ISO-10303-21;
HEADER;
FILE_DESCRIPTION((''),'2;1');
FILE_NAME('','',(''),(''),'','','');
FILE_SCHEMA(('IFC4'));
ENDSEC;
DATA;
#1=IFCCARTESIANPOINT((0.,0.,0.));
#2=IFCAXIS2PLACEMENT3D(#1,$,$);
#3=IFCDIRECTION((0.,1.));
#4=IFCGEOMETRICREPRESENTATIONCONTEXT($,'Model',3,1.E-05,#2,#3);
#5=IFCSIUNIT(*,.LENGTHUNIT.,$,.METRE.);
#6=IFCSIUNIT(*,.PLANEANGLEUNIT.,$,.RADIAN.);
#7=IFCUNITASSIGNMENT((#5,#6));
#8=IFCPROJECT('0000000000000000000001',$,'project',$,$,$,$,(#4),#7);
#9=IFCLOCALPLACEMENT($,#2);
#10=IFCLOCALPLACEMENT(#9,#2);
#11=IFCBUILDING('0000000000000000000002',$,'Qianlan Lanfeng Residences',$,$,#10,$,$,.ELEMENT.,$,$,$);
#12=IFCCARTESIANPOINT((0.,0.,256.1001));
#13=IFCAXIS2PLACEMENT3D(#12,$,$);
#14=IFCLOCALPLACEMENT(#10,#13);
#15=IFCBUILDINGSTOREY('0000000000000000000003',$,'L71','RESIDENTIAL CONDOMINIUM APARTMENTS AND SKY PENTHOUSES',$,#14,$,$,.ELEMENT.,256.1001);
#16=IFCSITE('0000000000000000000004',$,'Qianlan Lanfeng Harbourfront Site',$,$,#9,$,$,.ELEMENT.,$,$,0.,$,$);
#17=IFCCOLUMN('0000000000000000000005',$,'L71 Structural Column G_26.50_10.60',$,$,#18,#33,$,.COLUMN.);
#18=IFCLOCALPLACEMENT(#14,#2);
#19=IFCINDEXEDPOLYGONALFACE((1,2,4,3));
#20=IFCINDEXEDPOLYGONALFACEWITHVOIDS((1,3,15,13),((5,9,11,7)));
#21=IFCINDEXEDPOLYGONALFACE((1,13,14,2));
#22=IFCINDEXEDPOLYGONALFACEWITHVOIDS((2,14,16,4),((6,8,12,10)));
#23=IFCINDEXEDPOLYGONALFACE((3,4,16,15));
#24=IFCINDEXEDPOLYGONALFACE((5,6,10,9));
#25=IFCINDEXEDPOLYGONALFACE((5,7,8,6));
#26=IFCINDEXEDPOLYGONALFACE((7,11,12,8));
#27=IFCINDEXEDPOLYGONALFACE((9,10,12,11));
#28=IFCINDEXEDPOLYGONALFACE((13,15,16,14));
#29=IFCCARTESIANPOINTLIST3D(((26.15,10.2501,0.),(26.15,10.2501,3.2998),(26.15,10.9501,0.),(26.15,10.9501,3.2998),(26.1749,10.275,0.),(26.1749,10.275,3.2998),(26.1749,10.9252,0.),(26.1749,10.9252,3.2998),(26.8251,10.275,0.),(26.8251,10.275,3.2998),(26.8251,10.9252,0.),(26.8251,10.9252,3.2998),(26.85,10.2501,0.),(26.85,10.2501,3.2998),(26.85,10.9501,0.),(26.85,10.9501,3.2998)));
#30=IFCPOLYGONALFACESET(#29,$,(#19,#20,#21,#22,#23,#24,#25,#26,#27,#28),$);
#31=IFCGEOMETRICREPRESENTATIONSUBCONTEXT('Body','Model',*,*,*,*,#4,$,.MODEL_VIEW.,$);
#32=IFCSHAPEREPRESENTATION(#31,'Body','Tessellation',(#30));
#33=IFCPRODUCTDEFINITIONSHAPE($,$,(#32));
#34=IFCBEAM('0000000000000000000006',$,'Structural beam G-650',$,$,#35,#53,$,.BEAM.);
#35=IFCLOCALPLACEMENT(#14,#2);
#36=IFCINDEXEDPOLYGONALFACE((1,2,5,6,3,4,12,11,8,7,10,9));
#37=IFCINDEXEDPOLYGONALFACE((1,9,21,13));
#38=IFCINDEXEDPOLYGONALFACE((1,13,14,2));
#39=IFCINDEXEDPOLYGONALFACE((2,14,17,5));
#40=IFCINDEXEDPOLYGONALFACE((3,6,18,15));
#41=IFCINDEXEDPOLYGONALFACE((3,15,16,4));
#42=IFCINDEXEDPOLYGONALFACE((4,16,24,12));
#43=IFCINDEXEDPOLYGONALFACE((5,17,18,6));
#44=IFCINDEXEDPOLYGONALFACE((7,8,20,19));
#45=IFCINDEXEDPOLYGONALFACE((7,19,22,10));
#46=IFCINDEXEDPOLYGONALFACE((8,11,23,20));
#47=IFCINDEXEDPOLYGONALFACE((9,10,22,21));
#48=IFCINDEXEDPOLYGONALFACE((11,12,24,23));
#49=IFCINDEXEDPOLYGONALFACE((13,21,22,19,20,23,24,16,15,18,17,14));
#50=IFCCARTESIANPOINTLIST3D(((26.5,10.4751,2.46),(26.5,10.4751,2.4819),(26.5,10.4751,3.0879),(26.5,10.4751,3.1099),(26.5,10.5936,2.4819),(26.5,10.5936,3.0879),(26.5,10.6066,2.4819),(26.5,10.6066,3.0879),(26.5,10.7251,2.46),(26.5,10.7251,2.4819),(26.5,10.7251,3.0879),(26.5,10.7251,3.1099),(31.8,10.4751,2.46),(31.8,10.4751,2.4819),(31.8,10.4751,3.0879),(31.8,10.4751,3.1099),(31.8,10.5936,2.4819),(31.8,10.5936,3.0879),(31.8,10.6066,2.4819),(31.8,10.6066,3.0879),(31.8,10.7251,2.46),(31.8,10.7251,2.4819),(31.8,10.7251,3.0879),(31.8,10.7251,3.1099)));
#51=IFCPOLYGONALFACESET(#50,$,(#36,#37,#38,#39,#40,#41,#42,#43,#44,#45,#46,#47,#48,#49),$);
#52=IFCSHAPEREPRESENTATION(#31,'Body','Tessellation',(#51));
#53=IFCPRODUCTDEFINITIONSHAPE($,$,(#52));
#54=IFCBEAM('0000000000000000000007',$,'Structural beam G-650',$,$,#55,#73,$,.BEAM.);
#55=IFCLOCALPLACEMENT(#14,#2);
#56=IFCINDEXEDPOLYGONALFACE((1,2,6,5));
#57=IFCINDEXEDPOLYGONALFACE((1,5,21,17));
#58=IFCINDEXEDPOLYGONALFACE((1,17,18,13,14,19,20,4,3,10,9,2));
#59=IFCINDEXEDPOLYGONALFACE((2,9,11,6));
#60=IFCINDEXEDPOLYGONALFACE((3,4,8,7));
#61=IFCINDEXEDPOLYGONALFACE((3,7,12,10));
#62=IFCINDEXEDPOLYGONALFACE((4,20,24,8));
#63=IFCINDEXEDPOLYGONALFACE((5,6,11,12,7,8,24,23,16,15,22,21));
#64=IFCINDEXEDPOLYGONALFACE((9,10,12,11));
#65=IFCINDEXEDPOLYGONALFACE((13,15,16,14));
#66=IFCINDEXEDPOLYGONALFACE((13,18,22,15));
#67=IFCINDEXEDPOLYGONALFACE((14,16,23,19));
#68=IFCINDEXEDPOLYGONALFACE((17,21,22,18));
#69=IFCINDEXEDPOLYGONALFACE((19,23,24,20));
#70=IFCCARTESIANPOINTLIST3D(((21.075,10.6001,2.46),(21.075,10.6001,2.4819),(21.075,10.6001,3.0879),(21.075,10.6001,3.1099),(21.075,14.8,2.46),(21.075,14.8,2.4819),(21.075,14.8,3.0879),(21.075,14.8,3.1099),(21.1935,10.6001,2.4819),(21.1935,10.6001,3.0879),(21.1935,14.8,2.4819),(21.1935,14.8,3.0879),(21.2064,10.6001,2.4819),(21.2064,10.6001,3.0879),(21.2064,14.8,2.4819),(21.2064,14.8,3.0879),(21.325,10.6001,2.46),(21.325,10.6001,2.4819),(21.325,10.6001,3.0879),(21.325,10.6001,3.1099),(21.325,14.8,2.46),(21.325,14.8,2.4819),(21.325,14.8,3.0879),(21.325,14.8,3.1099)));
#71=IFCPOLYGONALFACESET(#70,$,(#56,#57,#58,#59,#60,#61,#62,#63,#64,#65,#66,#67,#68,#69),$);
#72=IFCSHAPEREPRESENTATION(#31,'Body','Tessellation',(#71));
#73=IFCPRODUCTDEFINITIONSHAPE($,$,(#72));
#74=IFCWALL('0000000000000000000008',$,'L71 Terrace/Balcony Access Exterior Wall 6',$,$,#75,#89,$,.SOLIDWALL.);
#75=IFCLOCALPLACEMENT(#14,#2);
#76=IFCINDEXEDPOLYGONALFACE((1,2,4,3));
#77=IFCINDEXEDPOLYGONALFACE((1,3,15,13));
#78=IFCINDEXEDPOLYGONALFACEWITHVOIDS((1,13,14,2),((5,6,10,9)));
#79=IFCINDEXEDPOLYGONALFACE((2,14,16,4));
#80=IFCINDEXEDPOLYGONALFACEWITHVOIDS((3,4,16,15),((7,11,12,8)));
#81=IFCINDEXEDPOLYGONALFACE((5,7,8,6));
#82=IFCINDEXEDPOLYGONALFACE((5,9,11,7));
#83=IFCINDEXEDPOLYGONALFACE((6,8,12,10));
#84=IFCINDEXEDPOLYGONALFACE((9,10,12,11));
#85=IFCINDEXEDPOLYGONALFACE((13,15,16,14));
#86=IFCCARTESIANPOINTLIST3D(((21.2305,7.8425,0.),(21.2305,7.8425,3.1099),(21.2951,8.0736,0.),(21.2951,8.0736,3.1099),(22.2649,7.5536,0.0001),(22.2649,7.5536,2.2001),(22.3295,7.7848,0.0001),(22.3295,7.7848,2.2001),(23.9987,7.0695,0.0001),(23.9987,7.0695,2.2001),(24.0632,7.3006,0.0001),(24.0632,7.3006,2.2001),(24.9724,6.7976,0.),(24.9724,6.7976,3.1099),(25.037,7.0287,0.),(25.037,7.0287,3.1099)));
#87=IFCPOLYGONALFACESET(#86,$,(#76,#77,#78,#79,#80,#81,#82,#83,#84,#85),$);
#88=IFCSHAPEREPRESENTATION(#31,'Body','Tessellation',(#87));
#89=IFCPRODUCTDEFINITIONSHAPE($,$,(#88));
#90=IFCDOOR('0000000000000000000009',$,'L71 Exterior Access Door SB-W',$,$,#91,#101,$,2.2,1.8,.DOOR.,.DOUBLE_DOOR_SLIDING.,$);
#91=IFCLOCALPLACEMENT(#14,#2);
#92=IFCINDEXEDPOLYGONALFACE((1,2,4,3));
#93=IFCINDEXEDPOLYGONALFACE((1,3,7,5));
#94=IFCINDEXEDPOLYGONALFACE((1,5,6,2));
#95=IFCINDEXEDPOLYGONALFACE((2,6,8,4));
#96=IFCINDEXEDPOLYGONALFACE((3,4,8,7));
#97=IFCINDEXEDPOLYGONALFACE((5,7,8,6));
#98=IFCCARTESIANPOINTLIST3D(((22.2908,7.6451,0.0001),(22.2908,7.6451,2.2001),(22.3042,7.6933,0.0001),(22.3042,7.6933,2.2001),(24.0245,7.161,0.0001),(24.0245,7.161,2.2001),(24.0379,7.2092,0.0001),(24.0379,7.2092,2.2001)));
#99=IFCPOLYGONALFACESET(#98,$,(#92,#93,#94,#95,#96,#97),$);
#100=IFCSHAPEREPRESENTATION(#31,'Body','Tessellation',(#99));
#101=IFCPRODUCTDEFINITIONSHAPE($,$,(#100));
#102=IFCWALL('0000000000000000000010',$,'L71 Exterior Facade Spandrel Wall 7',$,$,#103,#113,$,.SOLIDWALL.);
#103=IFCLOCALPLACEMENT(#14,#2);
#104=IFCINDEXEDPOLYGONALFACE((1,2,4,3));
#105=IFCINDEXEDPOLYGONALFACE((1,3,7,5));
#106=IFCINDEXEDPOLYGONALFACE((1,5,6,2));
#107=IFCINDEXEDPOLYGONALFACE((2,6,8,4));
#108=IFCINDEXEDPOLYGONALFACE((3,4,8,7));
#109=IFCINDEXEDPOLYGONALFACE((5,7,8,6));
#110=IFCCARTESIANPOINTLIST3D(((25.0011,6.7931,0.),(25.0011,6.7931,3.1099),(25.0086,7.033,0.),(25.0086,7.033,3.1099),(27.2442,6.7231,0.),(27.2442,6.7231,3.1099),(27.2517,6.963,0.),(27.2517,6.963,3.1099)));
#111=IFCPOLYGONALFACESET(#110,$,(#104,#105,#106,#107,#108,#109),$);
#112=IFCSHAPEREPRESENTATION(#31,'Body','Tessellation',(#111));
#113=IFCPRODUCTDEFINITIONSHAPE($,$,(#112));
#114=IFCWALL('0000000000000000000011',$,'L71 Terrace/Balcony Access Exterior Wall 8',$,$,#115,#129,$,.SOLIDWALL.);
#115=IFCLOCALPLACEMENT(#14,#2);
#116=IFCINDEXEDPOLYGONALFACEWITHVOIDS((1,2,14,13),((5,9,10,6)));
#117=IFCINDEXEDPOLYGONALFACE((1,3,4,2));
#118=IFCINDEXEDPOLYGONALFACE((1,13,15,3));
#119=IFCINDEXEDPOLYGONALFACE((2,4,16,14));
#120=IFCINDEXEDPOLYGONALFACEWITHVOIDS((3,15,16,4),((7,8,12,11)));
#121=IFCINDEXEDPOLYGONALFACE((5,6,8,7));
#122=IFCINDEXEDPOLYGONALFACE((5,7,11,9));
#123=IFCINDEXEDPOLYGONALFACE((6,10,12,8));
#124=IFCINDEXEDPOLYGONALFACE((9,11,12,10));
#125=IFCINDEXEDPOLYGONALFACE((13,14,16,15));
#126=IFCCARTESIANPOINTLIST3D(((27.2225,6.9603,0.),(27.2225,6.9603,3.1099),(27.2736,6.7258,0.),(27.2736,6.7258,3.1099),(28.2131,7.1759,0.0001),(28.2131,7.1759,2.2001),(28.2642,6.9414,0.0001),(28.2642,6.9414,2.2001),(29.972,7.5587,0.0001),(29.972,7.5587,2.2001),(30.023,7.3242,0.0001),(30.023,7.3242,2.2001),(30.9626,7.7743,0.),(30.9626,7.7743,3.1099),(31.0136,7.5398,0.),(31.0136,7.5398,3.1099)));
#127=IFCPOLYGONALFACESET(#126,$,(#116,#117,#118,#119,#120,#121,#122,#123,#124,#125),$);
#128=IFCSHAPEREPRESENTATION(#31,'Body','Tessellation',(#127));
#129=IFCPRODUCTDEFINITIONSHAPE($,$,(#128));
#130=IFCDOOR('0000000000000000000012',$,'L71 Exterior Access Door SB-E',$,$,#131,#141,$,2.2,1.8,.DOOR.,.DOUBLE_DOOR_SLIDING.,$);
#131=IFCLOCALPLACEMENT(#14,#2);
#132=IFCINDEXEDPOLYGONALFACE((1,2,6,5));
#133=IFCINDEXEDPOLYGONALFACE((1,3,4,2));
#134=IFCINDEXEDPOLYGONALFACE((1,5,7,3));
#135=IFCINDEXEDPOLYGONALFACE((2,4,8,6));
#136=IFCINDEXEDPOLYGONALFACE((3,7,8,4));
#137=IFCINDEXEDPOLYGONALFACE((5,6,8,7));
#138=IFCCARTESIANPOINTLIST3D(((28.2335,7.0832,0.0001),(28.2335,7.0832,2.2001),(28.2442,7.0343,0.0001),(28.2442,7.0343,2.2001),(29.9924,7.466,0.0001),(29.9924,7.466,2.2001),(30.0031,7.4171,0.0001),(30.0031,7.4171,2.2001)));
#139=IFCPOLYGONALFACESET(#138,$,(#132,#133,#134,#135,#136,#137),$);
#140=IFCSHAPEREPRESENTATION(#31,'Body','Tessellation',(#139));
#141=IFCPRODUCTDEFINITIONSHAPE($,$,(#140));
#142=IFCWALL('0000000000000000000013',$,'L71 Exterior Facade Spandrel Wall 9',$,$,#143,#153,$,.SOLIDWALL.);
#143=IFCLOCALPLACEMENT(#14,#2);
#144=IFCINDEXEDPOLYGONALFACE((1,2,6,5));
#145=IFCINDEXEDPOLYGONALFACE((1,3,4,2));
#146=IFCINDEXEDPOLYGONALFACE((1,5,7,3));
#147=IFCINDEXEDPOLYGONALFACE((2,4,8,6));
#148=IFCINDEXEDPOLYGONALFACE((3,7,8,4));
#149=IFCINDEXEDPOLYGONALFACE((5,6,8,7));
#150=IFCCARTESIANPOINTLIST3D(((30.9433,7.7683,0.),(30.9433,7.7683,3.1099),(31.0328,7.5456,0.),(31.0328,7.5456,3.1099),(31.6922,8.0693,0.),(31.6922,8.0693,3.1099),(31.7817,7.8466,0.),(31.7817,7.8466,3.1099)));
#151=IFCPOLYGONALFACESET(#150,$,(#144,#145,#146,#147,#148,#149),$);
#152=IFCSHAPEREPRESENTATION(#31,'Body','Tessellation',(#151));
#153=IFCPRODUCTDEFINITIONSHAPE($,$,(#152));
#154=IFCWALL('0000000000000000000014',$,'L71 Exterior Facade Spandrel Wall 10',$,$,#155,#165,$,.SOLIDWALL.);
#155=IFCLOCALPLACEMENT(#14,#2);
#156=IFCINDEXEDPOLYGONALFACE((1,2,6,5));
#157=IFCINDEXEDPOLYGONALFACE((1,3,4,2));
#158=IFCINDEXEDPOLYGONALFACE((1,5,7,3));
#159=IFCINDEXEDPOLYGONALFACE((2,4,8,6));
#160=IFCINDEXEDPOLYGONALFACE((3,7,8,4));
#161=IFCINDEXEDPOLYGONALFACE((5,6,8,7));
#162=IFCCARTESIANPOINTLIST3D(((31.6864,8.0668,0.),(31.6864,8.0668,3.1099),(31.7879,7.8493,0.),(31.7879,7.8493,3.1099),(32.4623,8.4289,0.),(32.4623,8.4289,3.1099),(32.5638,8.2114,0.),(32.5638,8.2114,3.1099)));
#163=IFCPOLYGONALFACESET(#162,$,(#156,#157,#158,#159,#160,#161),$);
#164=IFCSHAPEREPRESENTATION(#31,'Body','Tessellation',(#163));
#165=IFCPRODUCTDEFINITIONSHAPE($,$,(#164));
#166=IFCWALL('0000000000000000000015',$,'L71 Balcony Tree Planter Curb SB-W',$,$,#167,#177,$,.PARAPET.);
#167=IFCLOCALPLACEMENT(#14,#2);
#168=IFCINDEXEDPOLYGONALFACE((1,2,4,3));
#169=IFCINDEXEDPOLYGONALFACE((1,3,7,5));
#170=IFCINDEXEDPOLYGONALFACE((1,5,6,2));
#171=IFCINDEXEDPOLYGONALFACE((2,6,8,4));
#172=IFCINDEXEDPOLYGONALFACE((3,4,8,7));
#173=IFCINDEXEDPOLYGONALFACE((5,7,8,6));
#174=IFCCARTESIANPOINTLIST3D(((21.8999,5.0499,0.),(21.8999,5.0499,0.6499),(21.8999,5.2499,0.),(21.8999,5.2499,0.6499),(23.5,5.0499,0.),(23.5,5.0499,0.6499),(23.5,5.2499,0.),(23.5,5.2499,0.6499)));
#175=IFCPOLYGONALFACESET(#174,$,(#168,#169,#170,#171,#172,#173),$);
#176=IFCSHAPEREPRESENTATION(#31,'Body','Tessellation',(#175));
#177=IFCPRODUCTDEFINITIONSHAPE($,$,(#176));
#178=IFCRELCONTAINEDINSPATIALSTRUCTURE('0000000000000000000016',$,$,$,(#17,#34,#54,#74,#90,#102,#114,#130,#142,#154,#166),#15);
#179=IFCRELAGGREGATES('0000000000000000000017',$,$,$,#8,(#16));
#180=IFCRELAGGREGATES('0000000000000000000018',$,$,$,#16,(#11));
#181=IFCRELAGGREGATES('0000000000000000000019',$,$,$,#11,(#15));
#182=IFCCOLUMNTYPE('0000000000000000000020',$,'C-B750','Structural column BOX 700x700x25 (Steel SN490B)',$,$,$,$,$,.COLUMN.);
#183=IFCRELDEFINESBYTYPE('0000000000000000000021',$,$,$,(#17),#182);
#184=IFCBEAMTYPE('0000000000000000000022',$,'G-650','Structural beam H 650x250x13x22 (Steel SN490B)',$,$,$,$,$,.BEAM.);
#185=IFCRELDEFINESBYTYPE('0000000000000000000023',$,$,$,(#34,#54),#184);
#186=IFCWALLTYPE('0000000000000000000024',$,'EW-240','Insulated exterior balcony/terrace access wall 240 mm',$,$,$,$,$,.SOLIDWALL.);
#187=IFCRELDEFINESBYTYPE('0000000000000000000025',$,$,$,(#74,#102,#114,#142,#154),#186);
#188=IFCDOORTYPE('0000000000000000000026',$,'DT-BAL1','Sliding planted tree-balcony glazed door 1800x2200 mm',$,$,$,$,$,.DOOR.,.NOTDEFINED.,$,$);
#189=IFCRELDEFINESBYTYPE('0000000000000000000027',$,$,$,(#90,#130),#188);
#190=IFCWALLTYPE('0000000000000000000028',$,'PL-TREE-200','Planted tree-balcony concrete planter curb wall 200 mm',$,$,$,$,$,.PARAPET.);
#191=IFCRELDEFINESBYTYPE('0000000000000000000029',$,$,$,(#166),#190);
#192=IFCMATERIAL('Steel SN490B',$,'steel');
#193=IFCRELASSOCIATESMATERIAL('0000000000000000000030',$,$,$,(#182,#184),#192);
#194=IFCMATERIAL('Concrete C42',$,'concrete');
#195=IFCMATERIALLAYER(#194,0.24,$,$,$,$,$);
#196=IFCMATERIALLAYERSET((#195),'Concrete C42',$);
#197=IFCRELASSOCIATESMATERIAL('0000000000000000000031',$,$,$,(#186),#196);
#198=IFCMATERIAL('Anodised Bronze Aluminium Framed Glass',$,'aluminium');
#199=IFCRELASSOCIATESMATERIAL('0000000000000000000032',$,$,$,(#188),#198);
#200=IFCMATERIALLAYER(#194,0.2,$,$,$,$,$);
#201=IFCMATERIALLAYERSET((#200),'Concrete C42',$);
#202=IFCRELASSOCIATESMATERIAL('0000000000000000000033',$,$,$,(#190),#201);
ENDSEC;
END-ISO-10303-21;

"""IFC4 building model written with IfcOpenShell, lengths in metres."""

from ifc_helpers import new_model, si_unit, direction, frame, frame_2d, origin, origin_2d, place, context, subcontext, project, spatial, rectangle, hollow_rectangle, i_section, extrude, material, layer, layer_set, material_profile, profile_set, type_object, element, fill, save


model = new_model("IFC4")

# Units and contexts
model_context = context("Model", 3, precision=1e-05, world=origin(), true_north=direction((0.0, 1.0)))
body_context = subcontext(model_context, "Body", "Model", "MODEL_VIEW")
ifc_project = project(units=[si_unit("LENGTHUNIT", "METRE"), si_unit("PLANEANGLEUNIT", "RADIAN")], contexts=[model_context])

# Site, building, storey
site_placement = place(None, origin())
site = spatial("IfcSite", under=ifc_project, at=site_placement, Name="Qianlan Lanfeng Harbourfront Site", CompositionType="ELEMENT", RefElevation=0.0)
building_placement = place(site_placement, origin())
building = spatial("IfcBuilding", under=site, at=building_placement, Name="Qianlan Lanfeng Residences", CompositionType="ELEMENT")
storey_placement = place(building_placement, frame((0.0, 0.0, 256.1001)))
storey = spatial("IfcBuildingStorey", under=building, at=storey_placement, Name="L71", Description="RESIDENTIAL CONDOMINIUM APARTMENTS AND SKY PENTHOUSES", CompositionType="ELEMENT", Elevation=256.1001)

# Column
ifc_material_1 = material(Name="Steel SN490B", Category="steel")
ifc_material_profile_1 = material_profile(ifc_material_1, hollow_rectangle(XDim=0.7, YDim=0.7, WallThickness=0.0249, at=origin_2d()), Name="BOX 700x700x25")
ifc_profile_set_1 = profile_set([ifc_material_profile_1], Name="Steel SN490B")
column_type = type_object("IfcColumnType", Name="C-B750", Description="Structural column BOX 700x700x25 (Steel SN490B)", PredefinedType="COLUMN", material=ifc_profile_set_1)
column_placement = place(storey_placement, frame((26.5, 10.6001, 0.0), z_axis=(0.0, 0.0, 1.0), x_axis=(1.0, 0.0, 0.0)))
element("IfcColumn", 1, at=column_placement, inside=storey, type_object=column_type, Name="L71 Structural Column G_26.50_10.60", PredefinedType="COLUMN", context=body_context, shape_type="SweptSolid", body=[
    extrude(hollow_rectangle(XDim=0.7, YDim=0.7, WallThickness=0.0249, at=origin_2d()), origin(), (0.0, 0.0, 1.0), 3.2998),
])

# Beams
ifc_material_profile_2 = material_profile(ifc_material_1, i_section(OverallWidth=0.25, OverallDepth=0.6499, WebThickness=0.0129, FlangeThickness=0.022, at=origin_2d()), Name="H 650x250x13x22")
ifc_profile_set_2 = profile_set([ifc_material_profile_2], Name="Steel SN490B")
beam_type = type_object("IfcBeamType", Name="G-650", Description="Structural beam H 650x250x13x22 (Steel SN490B)", PredefinedType="BEAM", material=ifc_profile_set_2)
beam_1_placement = place(storey_placement, frame((26.5, 10.6001, 2.7849), z_axis=(1.0, 0.0, 0.0), x_axis=(0.0, 1.0, 0.0)))
element("IfcBeam", 2, at=beam_1_placement, inside=storey, type_object=beam_type, Name="Structural beam G-650", PredefinedType="BEAM", context=body_context, shape_type="SweptSolid", body=[
    extrude(i_section(OverallWidth=0.25, OverallDepth=0.6499, WebThickness=0.0129, FlangeThickness=0.022, at=origin_2d()), origin(), (0.0, 0.0, 1.0), 5.3),
])
beam_2_placement = place(storey_placement, frame((21.2, 10.6001, 2.7849), z_axis=(0.0, 1.0, 0.0), x_axis=(-1.0, 0.0, 0.0)))
element("IfcBeam", 3, at=beam_2_placement, inside=storey, type_object=beam_type, Name="Structural beam G-650", PredefinedType="BEAM", context=body_context, shape_type="SweptSolid", body=[
    extrude(i_section(OverallWidth=0.25, OverallDepth=0.6499, WebThickness=0.0129, FlangeThickness=0.022, at=origin_2d()), origin(), (0.0, 0.0, 1.0), 4.2),
])

# Wall, opening, door
ifc_material_2 = material(Name="Concrete C42", Category="concrete")
ifc_layer_1 = layer(ifc_material_2, 0.24)
ifc_layer_set_1 = layer_set([ifc_layer_1], Name="Concrete C42")
wall_type_1 = type_object("IfcWallType", Name="EW-240", Description="Insulated exterior balcony/terrace access wall 240 mm", PredefinedType="SOLIDWALL", material=ifc_layer_set_1)
wall_1_placement = place(storey_placement, frame((21.2629, 7.958, 0.0), z_axis=(0.0, 0.0, 1.0), x_axis=(0.963152, -0.268956, 0.0)))
wall_1 = element("IfcWall", 4, at=wall_1_placement, inside=storey, type_object=wall_type_1, Name="L71 Terrace/Balcony Access Exterior Wall 6", PredefinedType="SOLIDWALL", context=body_context, shape_type="SweptSolid", body=[
    extrude(rectangle(XDim=3.885, YDim=0.24, at=frame_2d((1.9424, 0.0))), origin(), (0.0, 0.0, 1.0), 3.1099),
])
opening_1_placement = place(wall_1_placement, frame((1.074, 0.0, 0.0)))
opening_1 = element("IfcOpeningElement", 5, at=opening_1_placement, cuts=wall_1, PredefinedType="OPENING", context=body_context, shape_type="SweptSolid", body=[
    extrude(rectangle(XDim=1.8, YDim=2.2, at=frame_2d((0.8999, 1.1001))), frame((0.0, 0.1299, 0.0), z_axis=(0.0, -1.0, 0.0), x_axis=(1.0, 0.0, 0.0)), (0.0, 0.0, 1.0), 0.26),
])
ifc_material_3 = material(Name="Anodised Bronze Aluminium Framed Glass", Category="aluminium")
door_type_1 = type_object("IfcDoorType", Name="DT-BAL1", Description="Sliding planted tree-balcony glazed door 1800x2200 mm", OperationType="NOTDEFINED", PredefinedType="DOOR", material=ifc_material_3)
door_1_placement = place(opening_1_placement, frame((1.8, 0.0, 0.0), z_axis=(0.0, 0.0, 1.0), x_axis=(-1.0, 0.0, 0.0)))
door_1 = element("IfcDoor", 6, at=door_1_placement, inside=storey, type_object=door_type_1, Name="L71 Exterior Access Door SB-W", OperationType="DOUBLE_DOOR_SLIDING", OverallHeight=2.2, OverallWidth=1.8, PredefinedType="DOOR", context=body_context, shape_type="SweptSolid", body=[
    extrude(rectangle(XDim=1.8, YDim=2.2, at=frame_2d((0.8999, 1.1001))), frame((0.0, 0.0249, 0.0), z_axis=(0.0, -1.0, 0.0), x_axis=(1.0, 0.0, 0.0)), (0.0, 0.0, 1.0), 0.05),
])
fill(opening_1, door_1)

# Wall
wall_2_placement = place(storey_placement, frame((25.0049, 6.9131, 0.0), z_axis=(0.0, 0.0, 1.0), x_axis=(0.999513, -0.031221, 0.0)))
element("IfcWall", 7, at=wall_2_placement, inside=storey, type_object=wall_type_1, Name="L71 Exterior Facade Spandrel Wall 7", PredefinedType="SOLIDWALL", context=body_context, shape_type="SweptSolid", body=[
    extrude(rectangle(XDim=2.2441, YDim=0.24, at=frame_2d((1.1221, 0.0))), origin(), (0.0, 0.0, 1.0), 3.1099),
])

# Wall, opening, door
wall_3_placement = place(storey_placement, frame((27.248, 6.843, 0.0), z_axis=(0.0, 0.0, 1.0), x_axis=(0.977126, 0.21266, 0.0)))
wall_3 = element("IfcWall", 8, at=wall_3_placement, inside=storey, type_object=wall_type_1, Name="L71 Terrace/Balcony Access Exterior Wall 8", PredefinedType="SOLIDWALL", context=body_context, shape_type="SweptSolid", body=[
    extrude(rectangle(XDim=3.8276, YDim=0.24, at=frame_2d((1.9138, 0.0))), origin(), (0.0, 0.0, 1.0), 3.1099),
])
opening_2_placement = place(wall_3_placement, frame((1.0139, 0.0, 0.0)))
opening_2 = element("IfcOpeningElement", 9, at=opening_2_placement, cuts=wall_3, PredefinedType="OPENING", context=body_context, shape_type="SweptSolid", body=[
    extrude(rectangle(XDim=1.8, YDim=2.2, at=frame_2d((0.8999, 1.1001))), frame((0.0, 0.1299, 0.0), z_axis=(0.0, -1.0, 0.0), x_axis=(1.0, 0.0, 0.0)), (0.0, 0.0, 1.0), 0.26),
])
door_2_placement = place(opening_2_placement, frame((1.8, 0.0, 0.0), z_axis=(0.0, 0.0, 1.0), x_axis=(-1.0, 0.0, 0.0)))
door_2 = element("IfcDoor", 10, at=door_2_placement, inside=storey, type_object=door_type_1, Name="L71 Exterior Access Door SB-E", OperationType="DOUBLE_DOOR_SLIDING", OverallHeight=2.2, OverallWidth=1.8, PredefinedType="DOOR", context=body_context, shape_type="SweptSolid", body=[
    extrude(rectangle(XDim=1.8, YDim=2.2, at=frame_2d((0.8999, 1.1001))), frame((0.0, 0.0249, 0.0), z_axis=(0.0, -1.0, 0.0), x_axis=(1.0, 0.0, 0.0)), (0.0, 0.0, 1.0), 0.05),
])
fill(opening_2, door_2)

# Walls
wall_4_placement = place(storey_placement, frame((30.988, 7.657, 0.0), z_axis=(0.0, 0.0, 1.0), x_axis=(0.927871, 0.372902, 0.0)))
element("IfcWall", 11, at=wall_4_placement, inside=storey, type_object=wall_type_1, Name="L71 Exterior Facade Spandrel Wall 9", PredefinedType="SOLIDWALL", context=body_context, shape_type="SweptSolid", body=[
    extrude(rectangle(XDim=0.8071, YDim=0.24, at=frame_2d((0.4036, 0.0))), origin(), (0.0, 0.0, 1.0), 3.1099),
])
wall_5_placement = place(storey_placement, frame((31.7371, 7.958, 0.0), z_axis=(0.0, 0.0, 1.0), x_axis=(0.90619, 0.42287, 0.0)))
element("IfcWall", 12, at=wall_5_placement, inside=storey, type_object=wall_type_1, Name="L71 Exterior Facade Spandrel Wall 10", PredefinedType="SOLIDWALL", context=body_context, shape_type="SweptSolid", body=[
    extrude(rectangle(XDim=0.8562, YDim=0.24, at=frame_2d((0.4282, 0.0))), origin(), (0.0, 0.0, 1.0), 3.1099),
])
ifc_layer_2 = layer(ifc_material_2, 0.2)
ifc_layer_set_2 = layer_set([ifc_layer_2], Name="Concrete C42")
wall_type_2 = type_object("IfcWallType", Name="PL-TREE-200", Description="Planted tree-balcony concrete planter curb wall 200 mm", PredefinedType="PARAPET", material=ifc_layer_set_2)
for number, where, z_axis, x_axis, name in (
    (13, (21.8999, 5.1499, 0.0), (0.0, 0.0, 1.0), (1.0, 0.0, 0.0), "L71 Balcony Tree Planter Curb SB-W"),
):
    element("IfcWall", number, at=place(storey_placement, frame(where, z_axis=z_axis, x_axis=x_axis)), inside=storey, type_object=wall_type_2, Name=name, PredefinedType="PARAPET", context=body_context, shape_type="SweptSolid", body=[
        extrude(rectangle(XDim=1.6001, YDim=0.2, at=frame_2d((0.8, 0.0))), origin(), (0.0, 0.0, 1.0), 0.6499),
    ])

save(model, "model.ifc")
